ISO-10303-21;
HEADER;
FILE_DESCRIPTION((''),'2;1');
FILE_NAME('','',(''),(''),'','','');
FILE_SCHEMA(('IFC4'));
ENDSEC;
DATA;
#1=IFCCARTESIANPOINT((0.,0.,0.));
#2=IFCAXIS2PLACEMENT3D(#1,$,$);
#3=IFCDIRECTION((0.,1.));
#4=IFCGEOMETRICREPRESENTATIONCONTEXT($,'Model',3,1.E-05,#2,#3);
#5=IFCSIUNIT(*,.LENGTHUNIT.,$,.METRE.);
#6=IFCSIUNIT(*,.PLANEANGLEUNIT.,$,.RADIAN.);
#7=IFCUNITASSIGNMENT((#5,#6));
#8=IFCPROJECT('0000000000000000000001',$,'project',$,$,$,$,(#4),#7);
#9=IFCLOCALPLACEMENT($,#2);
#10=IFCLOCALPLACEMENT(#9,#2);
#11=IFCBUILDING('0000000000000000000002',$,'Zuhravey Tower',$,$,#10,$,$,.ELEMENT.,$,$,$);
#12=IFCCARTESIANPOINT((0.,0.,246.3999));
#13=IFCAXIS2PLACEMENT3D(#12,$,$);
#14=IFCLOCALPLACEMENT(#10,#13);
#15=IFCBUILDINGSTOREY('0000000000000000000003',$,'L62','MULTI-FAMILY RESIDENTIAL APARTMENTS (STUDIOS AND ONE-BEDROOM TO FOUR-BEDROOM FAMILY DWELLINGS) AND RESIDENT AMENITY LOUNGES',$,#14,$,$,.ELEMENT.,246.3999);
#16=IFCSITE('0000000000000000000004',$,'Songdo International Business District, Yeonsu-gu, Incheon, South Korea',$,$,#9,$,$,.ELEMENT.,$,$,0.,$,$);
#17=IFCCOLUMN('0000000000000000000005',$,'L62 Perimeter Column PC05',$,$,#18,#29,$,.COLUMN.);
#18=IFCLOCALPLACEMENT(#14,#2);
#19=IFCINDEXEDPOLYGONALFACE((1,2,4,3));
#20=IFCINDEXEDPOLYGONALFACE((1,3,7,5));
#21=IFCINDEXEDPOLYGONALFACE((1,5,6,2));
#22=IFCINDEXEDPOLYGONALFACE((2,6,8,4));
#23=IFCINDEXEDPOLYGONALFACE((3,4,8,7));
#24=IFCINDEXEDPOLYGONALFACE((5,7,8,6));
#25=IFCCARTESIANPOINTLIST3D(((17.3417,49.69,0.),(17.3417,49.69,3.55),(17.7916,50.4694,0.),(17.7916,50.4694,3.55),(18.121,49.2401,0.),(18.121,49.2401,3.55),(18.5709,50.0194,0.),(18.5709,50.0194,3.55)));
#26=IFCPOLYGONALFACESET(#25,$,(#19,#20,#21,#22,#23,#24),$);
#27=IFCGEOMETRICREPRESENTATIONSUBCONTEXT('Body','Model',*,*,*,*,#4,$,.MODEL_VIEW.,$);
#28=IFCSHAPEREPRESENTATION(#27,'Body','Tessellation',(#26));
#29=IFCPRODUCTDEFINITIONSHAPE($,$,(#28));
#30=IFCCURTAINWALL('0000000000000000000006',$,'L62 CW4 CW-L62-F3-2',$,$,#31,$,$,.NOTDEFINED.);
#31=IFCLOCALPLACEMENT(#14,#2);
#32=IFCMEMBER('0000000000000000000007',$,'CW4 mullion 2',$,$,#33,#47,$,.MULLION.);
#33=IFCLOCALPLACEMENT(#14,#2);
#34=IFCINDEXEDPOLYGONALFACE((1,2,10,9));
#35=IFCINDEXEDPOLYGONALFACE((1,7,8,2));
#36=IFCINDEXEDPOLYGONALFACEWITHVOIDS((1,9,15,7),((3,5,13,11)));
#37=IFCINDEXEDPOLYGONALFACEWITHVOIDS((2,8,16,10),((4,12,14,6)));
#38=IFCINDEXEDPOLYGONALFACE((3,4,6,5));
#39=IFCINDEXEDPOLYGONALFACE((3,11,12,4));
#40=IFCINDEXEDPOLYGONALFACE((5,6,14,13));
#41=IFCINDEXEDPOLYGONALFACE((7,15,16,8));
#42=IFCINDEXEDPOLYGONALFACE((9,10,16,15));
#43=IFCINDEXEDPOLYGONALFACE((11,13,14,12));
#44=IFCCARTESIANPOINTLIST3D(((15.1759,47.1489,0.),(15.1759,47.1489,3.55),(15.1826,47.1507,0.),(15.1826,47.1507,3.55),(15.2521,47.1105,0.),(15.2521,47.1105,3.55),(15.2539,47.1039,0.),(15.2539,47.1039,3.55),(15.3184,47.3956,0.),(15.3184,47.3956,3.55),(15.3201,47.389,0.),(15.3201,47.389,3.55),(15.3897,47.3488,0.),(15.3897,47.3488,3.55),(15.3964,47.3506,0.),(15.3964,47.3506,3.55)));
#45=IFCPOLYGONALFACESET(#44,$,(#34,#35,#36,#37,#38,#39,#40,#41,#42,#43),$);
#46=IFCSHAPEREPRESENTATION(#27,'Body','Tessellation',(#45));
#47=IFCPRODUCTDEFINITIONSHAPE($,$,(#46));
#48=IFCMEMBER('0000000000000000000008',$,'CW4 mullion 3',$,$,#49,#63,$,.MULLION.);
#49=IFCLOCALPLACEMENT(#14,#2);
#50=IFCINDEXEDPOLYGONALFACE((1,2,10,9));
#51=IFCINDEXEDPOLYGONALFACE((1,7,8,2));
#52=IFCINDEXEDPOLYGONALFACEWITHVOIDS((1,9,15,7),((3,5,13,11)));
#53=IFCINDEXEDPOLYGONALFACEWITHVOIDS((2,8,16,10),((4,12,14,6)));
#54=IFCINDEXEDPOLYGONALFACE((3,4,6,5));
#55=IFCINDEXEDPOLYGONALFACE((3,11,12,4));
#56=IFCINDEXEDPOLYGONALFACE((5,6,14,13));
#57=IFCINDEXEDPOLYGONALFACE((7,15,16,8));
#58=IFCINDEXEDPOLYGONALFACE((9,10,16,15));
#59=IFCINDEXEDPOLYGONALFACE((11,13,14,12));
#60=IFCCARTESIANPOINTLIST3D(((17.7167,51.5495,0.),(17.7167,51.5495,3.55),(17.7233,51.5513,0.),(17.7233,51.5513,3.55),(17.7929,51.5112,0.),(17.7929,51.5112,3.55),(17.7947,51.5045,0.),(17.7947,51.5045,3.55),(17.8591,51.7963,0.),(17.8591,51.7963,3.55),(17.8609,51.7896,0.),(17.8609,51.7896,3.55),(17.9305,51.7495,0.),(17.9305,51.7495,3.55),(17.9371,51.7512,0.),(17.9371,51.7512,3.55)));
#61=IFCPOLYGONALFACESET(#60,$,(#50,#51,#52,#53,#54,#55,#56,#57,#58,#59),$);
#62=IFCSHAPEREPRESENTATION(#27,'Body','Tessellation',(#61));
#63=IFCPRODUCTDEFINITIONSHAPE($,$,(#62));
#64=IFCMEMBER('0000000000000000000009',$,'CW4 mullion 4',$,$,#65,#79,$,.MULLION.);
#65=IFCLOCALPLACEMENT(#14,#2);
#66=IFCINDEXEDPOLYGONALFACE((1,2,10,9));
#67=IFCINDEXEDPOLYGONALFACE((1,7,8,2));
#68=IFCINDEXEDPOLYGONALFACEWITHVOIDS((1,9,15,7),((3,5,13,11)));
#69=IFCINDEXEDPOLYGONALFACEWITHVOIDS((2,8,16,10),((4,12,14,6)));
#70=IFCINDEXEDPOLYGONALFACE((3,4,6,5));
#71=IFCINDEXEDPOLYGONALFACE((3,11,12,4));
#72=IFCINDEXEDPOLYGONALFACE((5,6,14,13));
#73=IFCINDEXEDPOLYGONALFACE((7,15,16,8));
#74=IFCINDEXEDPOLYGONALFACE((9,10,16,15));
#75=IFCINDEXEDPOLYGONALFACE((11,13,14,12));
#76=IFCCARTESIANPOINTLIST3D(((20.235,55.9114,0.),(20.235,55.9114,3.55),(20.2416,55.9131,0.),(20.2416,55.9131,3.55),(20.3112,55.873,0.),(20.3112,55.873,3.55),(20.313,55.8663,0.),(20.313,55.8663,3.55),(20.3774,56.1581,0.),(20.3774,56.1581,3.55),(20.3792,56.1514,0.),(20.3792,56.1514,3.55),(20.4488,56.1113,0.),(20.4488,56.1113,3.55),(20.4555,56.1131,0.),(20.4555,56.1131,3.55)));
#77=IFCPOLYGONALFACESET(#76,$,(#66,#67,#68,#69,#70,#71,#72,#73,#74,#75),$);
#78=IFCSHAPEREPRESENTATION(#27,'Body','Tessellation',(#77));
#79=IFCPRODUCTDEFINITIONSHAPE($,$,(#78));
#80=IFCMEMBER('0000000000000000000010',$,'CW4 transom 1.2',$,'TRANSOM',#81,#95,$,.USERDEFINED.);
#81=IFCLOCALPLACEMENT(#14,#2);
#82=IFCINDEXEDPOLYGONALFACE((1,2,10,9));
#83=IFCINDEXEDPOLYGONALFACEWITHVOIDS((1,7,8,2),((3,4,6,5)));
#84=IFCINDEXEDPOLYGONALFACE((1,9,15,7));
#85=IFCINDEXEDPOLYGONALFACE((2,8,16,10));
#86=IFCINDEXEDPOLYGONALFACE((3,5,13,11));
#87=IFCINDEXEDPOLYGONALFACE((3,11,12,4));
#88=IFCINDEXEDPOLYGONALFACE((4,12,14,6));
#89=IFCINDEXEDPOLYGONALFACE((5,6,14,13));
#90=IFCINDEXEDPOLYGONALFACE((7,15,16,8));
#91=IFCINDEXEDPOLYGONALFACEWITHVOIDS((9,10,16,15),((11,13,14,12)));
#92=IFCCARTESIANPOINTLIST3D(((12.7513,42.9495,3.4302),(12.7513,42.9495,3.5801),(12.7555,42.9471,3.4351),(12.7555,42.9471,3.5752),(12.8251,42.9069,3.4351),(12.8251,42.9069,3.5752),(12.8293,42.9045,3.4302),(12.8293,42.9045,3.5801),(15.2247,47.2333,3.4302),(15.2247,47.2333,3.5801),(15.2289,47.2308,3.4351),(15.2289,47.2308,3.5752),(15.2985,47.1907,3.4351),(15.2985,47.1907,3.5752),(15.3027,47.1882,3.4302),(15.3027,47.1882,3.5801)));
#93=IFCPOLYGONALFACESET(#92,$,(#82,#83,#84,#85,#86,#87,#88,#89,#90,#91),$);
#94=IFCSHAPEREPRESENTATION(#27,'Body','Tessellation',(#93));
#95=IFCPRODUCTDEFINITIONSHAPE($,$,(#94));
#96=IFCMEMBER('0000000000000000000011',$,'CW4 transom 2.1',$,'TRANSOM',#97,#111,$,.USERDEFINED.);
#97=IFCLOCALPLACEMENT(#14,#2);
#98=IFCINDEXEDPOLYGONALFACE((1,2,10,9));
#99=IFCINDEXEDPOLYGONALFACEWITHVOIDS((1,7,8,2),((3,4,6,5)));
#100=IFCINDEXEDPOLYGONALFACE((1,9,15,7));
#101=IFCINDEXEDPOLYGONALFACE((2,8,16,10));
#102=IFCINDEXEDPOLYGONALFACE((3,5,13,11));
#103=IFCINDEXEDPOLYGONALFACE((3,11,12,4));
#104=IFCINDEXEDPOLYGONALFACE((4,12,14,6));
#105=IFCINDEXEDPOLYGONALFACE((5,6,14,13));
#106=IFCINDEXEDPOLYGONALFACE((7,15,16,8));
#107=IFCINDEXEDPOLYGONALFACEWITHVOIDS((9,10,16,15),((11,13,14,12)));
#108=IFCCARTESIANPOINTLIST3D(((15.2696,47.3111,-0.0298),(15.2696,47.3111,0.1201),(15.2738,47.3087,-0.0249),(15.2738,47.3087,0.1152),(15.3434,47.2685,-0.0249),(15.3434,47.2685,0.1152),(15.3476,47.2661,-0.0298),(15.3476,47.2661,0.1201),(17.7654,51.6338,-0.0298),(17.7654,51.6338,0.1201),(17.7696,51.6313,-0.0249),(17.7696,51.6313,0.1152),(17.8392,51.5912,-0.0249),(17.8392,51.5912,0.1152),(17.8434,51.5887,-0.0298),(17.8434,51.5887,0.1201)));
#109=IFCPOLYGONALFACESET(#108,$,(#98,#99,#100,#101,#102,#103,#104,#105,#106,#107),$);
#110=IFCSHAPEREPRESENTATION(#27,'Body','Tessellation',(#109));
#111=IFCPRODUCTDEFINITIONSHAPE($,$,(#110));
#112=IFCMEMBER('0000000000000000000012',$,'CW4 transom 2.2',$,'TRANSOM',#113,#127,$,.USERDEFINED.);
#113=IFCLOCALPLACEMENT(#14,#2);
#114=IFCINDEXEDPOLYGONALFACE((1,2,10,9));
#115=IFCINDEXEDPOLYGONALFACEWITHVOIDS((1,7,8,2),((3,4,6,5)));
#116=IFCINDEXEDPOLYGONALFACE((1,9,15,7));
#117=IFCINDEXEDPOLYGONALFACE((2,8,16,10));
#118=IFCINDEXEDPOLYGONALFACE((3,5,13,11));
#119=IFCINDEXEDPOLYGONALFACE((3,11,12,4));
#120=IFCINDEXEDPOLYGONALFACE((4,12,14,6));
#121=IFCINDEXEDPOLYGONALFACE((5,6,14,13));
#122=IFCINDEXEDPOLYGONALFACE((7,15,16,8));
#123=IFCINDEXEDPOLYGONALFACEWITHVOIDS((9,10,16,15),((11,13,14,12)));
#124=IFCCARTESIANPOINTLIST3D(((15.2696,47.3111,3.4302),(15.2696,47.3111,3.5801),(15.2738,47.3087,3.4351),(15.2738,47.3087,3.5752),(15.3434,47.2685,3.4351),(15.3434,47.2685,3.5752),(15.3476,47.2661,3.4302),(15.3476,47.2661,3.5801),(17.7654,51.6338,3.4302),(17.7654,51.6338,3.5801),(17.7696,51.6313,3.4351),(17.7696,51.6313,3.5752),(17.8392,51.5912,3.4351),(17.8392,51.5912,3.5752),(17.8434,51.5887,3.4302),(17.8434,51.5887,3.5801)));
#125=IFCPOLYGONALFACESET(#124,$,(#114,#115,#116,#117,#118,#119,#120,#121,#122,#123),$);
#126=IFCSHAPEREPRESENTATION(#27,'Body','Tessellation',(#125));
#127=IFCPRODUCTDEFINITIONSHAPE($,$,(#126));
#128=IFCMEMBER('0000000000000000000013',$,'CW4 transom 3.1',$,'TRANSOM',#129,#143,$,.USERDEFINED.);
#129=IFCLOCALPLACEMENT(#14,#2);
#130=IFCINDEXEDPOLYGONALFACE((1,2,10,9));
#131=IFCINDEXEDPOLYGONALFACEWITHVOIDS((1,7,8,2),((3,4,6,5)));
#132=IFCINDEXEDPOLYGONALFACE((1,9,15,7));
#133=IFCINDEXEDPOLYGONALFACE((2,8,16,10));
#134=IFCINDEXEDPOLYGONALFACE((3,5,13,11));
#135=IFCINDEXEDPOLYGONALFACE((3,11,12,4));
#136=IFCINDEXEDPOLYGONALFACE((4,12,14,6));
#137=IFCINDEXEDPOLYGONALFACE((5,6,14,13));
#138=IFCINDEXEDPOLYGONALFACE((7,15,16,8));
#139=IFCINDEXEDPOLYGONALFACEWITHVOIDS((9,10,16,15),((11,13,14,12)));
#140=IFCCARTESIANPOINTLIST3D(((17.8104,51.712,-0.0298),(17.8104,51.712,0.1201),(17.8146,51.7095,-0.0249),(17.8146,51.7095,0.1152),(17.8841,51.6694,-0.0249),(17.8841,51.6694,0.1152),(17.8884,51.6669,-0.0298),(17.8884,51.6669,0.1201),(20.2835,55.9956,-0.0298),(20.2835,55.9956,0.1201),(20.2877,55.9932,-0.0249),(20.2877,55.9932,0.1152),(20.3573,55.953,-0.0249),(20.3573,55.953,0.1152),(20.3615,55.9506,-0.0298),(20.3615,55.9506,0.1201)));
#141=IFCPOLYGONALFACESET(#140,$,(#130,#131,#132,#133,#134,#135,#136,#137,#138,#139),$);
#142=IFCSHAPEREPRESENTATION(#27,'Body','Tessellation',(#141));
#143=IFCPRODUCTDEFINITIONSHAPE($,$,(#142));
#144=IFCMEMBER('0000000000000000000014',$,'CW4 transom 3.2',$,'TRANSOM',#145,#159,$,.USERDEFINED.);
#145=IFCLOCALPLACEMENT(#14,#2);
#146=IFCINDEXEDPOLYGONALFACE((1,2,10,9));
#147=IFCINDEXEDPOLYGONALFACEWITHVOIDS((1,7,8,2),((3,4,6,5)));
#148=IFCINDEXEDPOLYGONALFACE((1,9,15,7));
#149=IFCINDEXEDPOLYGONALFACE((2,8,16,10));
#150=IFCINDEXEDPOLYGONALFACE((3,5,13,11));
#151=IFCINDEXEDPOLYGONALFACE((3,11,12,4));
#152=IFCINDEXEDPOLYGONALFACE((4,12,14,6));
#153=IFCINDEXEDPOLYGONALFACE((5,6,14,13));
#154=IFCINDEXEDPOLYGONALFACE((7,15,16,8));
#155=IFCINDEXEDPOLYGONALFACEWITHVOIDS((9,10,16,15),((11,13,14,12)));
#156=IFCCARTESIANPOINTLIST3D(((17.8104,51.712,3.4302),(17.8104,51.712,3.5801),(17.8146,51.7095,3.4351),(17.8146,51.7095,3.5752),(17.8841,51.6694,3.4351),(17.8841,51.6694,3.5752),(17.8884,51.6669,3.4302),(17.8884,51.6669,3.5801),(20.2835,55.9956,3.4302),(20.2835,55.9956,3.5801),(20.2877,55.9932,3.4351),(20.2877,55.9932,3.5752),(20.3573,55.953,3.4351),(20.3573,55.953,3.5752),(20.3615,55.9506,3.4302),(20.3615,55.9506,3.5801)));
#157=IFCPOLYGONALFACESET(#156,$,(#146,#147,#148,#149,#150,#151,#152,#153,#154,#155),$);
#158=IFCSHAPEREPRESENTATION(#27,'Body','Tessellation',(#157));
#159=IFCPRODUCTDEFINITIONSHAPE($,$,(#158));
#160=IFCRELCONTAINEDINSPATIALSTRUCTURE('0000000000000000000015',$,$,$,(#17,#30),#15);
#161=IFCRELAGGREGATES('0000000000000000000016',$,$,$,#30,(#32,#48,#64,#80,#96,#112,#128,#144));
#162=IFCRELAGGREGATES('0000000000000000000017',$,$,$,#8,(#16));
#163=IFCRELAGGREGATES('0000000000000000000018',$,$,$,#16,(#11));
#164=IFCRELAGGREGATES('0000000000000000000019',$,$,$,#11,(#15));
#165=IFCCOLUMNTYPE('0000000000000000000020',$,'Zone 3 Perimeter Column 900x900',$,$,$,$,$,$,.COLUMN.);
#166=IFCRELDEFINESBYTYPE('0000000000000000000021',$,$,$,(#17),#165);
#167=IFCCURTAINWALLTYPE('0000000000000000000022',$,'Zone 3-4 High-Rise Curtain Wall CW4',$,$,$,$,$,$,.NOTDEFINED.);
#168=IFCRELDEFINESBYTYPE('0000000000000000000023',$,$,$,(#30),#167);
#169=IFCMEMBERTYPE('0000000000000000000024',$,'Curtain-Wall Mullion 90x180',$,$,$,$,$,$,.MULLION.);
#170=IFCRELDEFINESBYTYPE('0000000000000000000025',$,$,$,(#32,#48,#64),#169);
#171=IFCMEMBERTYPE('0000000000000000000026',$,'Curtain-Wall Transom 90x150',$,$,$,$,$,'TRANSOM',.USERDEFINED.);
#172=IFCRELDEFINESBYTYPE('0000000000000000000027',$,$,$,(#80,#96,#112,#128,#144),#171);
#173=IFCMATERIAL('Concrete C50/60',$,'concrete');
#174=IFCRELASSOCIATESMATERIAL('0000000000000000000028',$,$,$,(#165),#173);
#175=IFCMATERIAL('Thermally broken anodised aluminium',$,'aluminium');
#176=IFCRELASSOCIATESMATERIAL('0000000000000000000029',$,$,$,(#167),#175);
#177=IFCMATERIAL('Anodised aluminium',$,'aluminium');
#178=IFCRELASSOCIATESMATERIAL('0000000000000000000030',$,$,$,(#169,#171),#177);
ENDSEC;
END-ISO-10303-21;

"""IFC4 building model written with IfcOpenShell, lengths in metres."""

from ifc_helpers import new_model, si_unit, direction, frame, origin, origin_2d, place, context, subcontext, project, spatial, rectangle, hollow_rectangle, extrude, material, material_profile, profile_set, type_object, element, aggregate, save


model = new_model("IFC4")

# Units and contexts
model_context = context("Model", 3, precision=1e-05, world=origin(), true_north=direction((0.0, 1.0)))
body_context = subcontext(model_context, "Body", "Model", "MODEL_VIEW")
ifc_project = project(units=[si_unit("LENGTHUNIT", "METRE"), si_unit("PLANEANGLEUNIT", "RADIAN")], contexts=[model_context])

# Site, building, storey
site_placement = place(None, origin())
site = spatial("IfcSite", under=ifc_project, at=site_placement, Name="Songdo International Business District, Yeonsu-gu, Incheon, South Korea", CompositionType="ELEMENT", RefElevation=0.0)
building_placement = place(site_placement, origin())
building = spatial("IfcBuilding", under=site, at=building_placement, Name="Zuhravey Tower", CompositionType="ELEMENT")
storey_placement = place(building_placement, frame((0.0, 0.0, 246.3999)))
storey = spatial("IfcBuildingStorey", under=building, at=storey_placement, Name="L62", Description="MULTI-FAMILY RESIDENTIAL APARTMENTS (STUDIOS AND ONE-BEDROOM TO FOUR-BEDROOM FAMILY DWELLINGS) AND RESIDENT AMENITY LOUNGES", CompositionType="ELEMENT", Elevation=246.3999)

# Column
ifc_material_1 = material(Name="Concrete C50/60", Category="concrete")
ifc_material_profile_1 = material_profile(ifc_material_1, rectangle(XDim=0.8999, YDim=0.8999, at=origin_2d()), Name="RC-900x900")
ifc_profile_set_1 = profile_set([ifc_material_profile_1], Name="Concrete C50/60")
column_type = type_object("IfcColumnType", Name="Zone 3 Perimeter Column 900x900", PredefinedType="COLUMN", material=ifc_profile_set_1)
column_placement = place(storey_placement, frame((17.9563, 49.8547, 0.0), z_axis=(0.0, 0.0, 1.0), x_axis=(-0.5, -0.866025, 0.0)))
element("IfcColumn", 1, at=column_placement, inside=storey, type_object=column_type, Name="L62 Perimeter Column PC05", PredefinedType="COLUMN", context=body_context, shape_type="SweptSolid", body=[
    extrude(rectangle(XDim=0.8999, YDim=0.8999, at=origin_2d()), origin(), (0.0, 0.0, 1.0), 3.55),
])

# Curtain wall, members
ifc_material_2 = material(Name="Thermally broken anodised aluminium", Category="aluminium")
curtain_wall_type = type_object("IfcCurtainWallType", Name="Zone 3-4 High-Rise Curtain Wall CW4", PredefinedType="NOTDEFINED", material=ifc_material_2)
curtain_wall_placement = place(storey_placement, origin())
curtain_wall = element("IfcCurtainWall", 2, at=curtain_wall_placement, inside=storey, type_object=curtain_wall_type, Name="L62 CW4 CW-L62-F3-2", PredefinedType="NOTDEFINED")
ifc_material_3 = material(Name="Anodised aluminium", Category="aluminium")
ifc_material_profile_2 = material_profile(ifc_material_3, hollow_rectangle(XDim=0.0901, YDim=0.2849, WallThickness=0.0049, at=origin_2d()), Name="ALU-RHS-90x285x5")
ifc_profile_set_2 = profile_set([ifc_material_profile_2], Name="Anodised aluminium")
member_type_1 = type_object("IfcMemberType", Name="Curtain-Wall Mullion 90x180", PredefinedType="MULLION", material=ifc_profile_set_2)
member_1_placement = place(storey_placement, frame((15.2861, 47.2498, 0.0), z_axis=(0.0, 0.0, 1.0), x_axis=(-0.866026, 0.499998, 0.0)))
member_1 = element("IfcMember", 3, at=member_1_placement, type_object=member_type_1, Name="CW4 mullion 2", PredefinedType="MULLION", context=body_context, shape_type="SweptSolid", body=[
    extrude(hollow_rectangle(XDim=0.0901, YDim=0.2849, WallThickness=0.0049, at=origin_2d()), origin(), (0.0, 0.0, 1.0), 3.55),
])
member_2_placement = place(storey_placement, frame((17.8269, 51.6504, 0.0), z_axis=(0.0, 0.0, 1.0), x_axis=(-0.866026, 0.499998, 0.0)))
member_2 = element("IfcMember", 4, at=member_2_placement, type_object=member_type_1, Name="CW4 mullion 3", PredefinedType="MULLION", context=body_context, shape_type="SweptSolid", body=[
    extrude(hollow_rectangle(XDim=0.0901, YDim=0.2849, WallThickness=0.0049, at=origin_2d()), origin(), (0.0, 0.0, 1.0), 3.55),
])
member_3_placement = place(storey_placement, frame((20.3452, 56.0122, 0.0), z_axis=(0.0, 0.0, 1.0), x_axis=(-0.866026, 0.499998, 0.0)))
member_3 = element("IfcMember", 5, at=member_3_placement, type_object=member_type_1, Name="CW4 mullion 4", PredefinedType="MULLION", context=body_context, shape_type="SweptSolid", body=[
    extrude(hollow_rectangle(XDim=0.0901, YDim=0.2849, WallThickness=0.0049, at=origin_2d()), origin(), (0.0, 0.0, 1.0), 3.55),
])
ifc_material_profile_3 = material_profile(ifc_material_3, hollow_rectangle(XDim=0.0901, YDim=0.1499, WallThickness=0.0049, at=origin_2d()), Name="ALU-RHS-90x150x5")
ifc_profile_set_3 = profile_set([ifc_material_profile_3], Name="Anodised aluminium")
member_type_2 = type_object("IfcMemberType", Name="Curtain-Wall Transom 90x150", ElementType="TRANSOM", PredefinedType="USERDEFINED", material=ifc_profile_set_3)
member_4_placement = place(storey_placement, frame((12.7903, 42.927, 3.5051), z_axis=(0.50003, 0.866008, 0.0), x_axis=(-0.866008, 0.50003, 0.0)))
member_4 = element("IfcMember", 6, at=member_4_placement, type_object=member_type_2, Name="CW4 transom 1.2", ObjectType="TRANSOM", PredefinedType="USERDEFINED", context=body_context, shape_type="SweptSolid", body=[
    extrude(hollow_rectangle(XDim=0.0901, YDim=0.1499, WallThickness=0.0049, at=origin_2d()), origin(), (0.0, 0.0, 1.0), 4.9465),
])
member_5_placement = place(storey_placement, frame((15.3086, 47.2886, 0.0452), z_axis=(0.500016, 0.866016, 0.0), x_axis=(-0.866016, 0.500016, 0.0)))
member_5 = element("IfcMember", 7, at=member_5_placement, type_object=member_type_2, Name="CW4 transom 2.1", ObjectType="TRANSOM", PredefinedType="USERDEFINED", context=body_context, shape_type="SweptSolid", body=[
    extrude(hollow_rectangle(XDim=0.0901, YDim=0.1499, WallThickness=0.0049, at=origin_2d()), origin(), (0.0, 0.0, 1.0), 4.9915),
])
member_6_placement = place(storey_placement, frame((15.3086, 47.2886, 3.5051), z_axis=(0.500016, 0.866016, 0.0), x_axis=(-0.866016, 0.500016, 0.0)))
member_6 = element("IfcMember", 8, at=member_6_placement, type_object=member_type_2, Name="CW4 transom 2.2", ObjectType="TRANSOM", PredefinedType="USERDEFINED", context=body_context, shape_type="SweptSolid", body=[
    extrude(hollow_rectangle(XDim=0.0901, YDim=0.1499, WallThickness=0.0049, at=origin_2d()), origin(), (0.0, 0.0, 1.0), 4.9915),
])
member_7_placement = place(storey_placement, frame((17.8494, 51.6895, 0.0452), z_axis=(0.499993, 0.866029, 0.0), x_axis=(-0.866029, 0.499993, 0.0)))
member_7 = element("IfcMember", 9, at=member_7_placement, type_object=member_type_2, Name="CW4 transom 3.1", ObjectType="TRANSOM", PredefinedType="USERDEFINED", context=body_context, shape_type="SweptSolid", body=[
    extrude(hollow_rectangle(XDim=0.0901, YDim=0.1499, WallThickness=0.0049, at=origin_2d()), origin(), (0.0, 0.0, 1.0), 4.9463),
])
member_8_placement = place(storey_placement, frame((17.8494, 51.6895, 3.5051), z_axis=(0.499993, 0.866029, 0.0), x_axis=(-0.866029, 0.499993, 0.0)))
member_8 = element("IfcMember", 10, at=member_8_placement, type_object=member_type_2, Name="CW4 transom 3.2", ObjectType="TRANSOM", PredefinedType="USERDEFINED", context=body_context, shape_type="SweptSolid", body=[
    extrude(hollow_rectangle(XDim=0.0901, YDim=0.1499, WallThickness=0.0049, at=origin_2d()), origin(), (0.0, 0.0, 1.0), 4.9463),
])

aggregate(curtain_wall, [member_1, member_2, member_3, member_4, member_5, member_6, member_7, member_8])

save(model, "model.ifc")
